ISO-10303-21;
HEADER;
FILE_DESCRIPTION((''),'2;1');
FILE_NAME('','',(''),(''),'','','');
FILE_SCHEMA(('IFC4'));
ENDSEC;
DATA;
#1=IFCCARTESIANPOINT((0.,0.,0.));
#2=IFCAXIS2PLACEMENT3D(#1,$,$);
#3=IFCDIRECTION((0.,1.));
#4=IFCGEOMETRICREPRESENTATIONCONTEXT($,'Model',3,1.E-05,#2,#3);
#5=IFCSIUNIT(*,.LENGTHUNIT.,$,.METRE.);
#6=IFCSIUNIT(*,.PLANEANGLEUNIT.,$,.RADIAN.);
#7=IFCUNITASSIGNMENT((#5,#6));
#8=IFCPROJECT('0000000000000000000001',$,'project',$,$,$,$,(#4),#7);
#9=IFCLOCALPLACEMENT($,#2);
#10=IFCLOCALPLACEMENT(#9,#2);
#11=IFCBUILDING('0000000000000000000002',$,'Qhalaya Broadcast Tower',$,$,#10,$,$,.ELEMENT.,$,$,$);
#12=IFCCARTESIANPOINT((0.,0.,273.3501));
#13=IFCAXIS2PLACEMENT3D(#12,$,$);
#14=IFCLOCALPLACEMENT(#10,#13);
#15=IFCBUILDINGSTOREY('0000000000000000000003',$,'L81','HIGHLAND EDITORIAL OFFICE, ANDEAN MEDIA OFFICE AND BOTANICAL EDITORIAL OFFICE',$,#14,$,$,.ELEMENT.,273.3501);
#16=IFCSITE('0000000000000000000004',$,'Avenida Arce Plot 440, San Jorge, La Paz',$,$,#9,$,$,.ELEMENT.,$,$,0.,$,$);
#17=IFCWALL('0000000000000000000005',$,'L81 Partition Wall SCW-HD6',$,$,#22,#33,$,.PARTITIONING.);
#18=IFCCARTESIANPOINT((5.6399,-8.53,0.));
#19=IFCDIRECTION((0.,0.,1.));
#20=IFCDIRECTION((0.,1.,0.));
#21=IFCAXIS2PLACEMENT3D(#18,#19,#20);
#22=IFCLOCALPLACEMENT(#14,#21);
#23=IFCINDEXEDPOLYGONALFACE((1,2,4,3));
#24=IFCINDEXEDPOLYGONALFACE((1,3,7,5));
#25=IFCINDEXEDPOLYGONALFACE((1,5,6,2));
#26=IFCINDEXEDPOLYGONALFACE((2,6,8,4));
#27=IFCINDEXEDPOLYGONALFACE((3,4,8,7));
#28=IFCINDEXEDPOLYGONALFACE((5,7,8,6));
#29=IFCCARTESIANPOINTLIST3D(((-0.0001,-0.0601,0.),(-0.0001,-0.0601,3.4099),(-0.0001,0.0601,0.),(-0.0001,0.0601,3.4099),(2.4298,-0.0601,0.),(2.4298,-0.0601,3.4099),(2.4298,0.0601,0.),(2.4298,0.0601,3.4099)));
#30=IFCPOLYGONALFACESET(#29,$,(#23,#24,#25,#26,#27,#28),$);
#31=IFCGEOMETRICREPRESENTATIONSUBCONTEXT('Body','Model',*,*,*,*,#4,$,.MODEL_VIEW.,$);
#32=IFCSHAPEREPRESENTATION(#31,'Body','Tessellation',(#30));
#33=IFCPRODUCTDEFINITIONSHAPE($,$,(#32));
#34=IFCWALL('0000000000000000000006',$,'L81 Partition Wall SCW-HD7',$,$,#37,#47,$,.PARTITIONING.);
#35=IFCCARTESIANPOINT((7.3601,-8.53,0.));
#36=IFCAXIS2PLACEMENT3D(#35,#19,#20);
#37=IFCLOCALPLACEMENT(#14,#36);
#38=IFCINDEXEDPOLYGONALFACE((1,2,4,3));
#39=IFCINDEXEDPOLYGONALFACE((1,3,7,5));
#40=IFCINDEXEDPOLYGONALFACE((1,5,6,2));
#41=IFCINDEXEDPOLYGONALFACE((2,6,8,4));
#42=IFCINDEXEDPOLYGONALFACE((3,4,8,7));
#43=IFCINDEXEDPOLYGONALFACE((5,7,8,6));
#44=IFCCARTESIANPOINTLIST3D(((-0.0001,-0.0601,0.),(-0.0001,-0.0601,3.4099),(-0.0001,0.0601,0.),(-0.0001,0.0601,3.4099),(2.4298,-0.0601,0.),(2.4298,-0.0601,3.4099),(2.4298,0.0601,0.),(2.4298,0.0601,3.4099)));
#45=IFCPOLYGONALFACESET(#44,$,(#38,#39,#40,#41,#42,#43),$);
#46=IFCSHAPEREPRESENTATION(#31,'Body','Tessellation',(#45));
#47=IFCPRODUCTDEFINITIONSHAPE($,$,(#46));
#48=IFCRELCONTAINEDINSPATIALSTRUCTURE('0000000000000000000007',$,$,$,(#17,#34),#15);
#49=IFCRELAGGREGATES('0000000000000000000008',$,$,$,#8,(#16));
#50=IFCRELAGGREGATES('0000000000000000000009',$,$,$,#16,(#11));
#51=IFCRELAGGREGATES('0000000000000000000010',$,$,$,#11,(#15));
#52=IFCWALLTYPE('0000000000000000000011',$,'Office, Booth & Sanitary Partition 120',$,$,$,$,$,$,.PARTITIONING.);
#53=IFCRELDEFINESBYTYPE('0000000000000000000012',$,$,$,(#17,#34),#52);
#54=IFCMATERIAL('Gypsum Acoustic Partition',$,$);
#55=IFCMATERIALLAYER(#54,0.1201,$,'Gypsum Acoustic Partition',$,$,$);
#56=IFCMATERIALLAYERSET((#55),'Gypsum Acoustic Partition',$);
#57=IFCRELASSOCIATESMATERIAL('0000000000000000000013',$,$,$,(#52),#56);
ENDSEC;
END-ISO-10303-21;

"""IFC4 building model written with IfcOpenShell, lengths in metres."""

from ifc_helpers import new_model, si_unit, direction, frame, frame_2d, origin, place, context, subcontext, project, spatial, rectangle, extrude, material, layer, layer_set, type_object, element, save


model = new_model("IFC4")

# Units and contexts
model_context = context("Model", 3, precision=1e-05, world=origin(), true_north=direction((0.0, 1.0)))
body_context = subcontext(model_context, "Body", "Model", "MODEL_VIEW")
ifc_project = project(units=[si_unit("LENGTHUNIT", "METRE"), si_unit("PLANEANGLEUNIT", "RADIAN")], contexts=[model_context])

# Site, building, storey
site_placement = place(None, origin())
site = spatial("IfcSite", under=ifc_project, at=site_placement, Name="Avenida Arce Plot 440, San Jorge, La Paz", CompositionType="ELEMENT", RefElevation=0.0)
building_placement = place(site_placement, origin())
building = spatial("IfcBuilding", under=site, at=building_placement, Name="Qhalaya Broadcast Tower", CompositionType="ELEMENT")
storey_placement = place(building_placement, frame((0.0, 0.0, 273.3501)))
storey = spatial("IfcBuildingStorey", under=building, at=storey_placement, Name="L81", Description="HIGHLAND EDITORIAL OFFICE, ANDEAN MEDIA OFFICE AND BOTANICAL EDITORIAL OFFICE", CompositionType="ELEMENT", Elevation=273.3501)

# Walls
ifc_material_1 = material(Name="Gypsum Acoustic Partition")
ifc_layer_1 = layer(ifc_material_1, 0.1201, Name="Gypsum Acoustic Partition")
ifc_layer_set_1 = layer_set([ifc_layer_1], Name="Gypsum Acoustic Partition")
wall_type_1 = type_object("IfcWallType", Name="Office, Booth & Sanitary Partition 120", PredefinedType="PARTITIONING", material=ifc_layer_set_1)
for number, where, z_axis, x_axis, name in (
    (1, (5.6399, -8.53, 0.0), (0.0, 0.0, 1.0), (0.0, 1.0, 0.0), "L81 Partition Wall SCW-HD6"),
    (2, (7.3601, -8.53, 0.0), (0.0, 0.0, 1.0), (0.0, 1.0, 0.0), "L81 Partition Wall SCW-HD7"),
):
    element("IfcWall", number, at=place(storey_placement, frame(where, z_axis=z_axis, x_axis=x_axis)), inside=storey, type_object=wall_type_1, Name=name, PredefinedType="PARTITIONING", context=body_context, shape_type="SweptSolid", body=[
        extrude(rectangle(XDim=2.4299, YDim=0.1201, at=frame_2d((1.2148, 0.0))), origin(), (0.0, 0.0, 1.0), 3.4099),
    ])

save(model, "model.ifc")
